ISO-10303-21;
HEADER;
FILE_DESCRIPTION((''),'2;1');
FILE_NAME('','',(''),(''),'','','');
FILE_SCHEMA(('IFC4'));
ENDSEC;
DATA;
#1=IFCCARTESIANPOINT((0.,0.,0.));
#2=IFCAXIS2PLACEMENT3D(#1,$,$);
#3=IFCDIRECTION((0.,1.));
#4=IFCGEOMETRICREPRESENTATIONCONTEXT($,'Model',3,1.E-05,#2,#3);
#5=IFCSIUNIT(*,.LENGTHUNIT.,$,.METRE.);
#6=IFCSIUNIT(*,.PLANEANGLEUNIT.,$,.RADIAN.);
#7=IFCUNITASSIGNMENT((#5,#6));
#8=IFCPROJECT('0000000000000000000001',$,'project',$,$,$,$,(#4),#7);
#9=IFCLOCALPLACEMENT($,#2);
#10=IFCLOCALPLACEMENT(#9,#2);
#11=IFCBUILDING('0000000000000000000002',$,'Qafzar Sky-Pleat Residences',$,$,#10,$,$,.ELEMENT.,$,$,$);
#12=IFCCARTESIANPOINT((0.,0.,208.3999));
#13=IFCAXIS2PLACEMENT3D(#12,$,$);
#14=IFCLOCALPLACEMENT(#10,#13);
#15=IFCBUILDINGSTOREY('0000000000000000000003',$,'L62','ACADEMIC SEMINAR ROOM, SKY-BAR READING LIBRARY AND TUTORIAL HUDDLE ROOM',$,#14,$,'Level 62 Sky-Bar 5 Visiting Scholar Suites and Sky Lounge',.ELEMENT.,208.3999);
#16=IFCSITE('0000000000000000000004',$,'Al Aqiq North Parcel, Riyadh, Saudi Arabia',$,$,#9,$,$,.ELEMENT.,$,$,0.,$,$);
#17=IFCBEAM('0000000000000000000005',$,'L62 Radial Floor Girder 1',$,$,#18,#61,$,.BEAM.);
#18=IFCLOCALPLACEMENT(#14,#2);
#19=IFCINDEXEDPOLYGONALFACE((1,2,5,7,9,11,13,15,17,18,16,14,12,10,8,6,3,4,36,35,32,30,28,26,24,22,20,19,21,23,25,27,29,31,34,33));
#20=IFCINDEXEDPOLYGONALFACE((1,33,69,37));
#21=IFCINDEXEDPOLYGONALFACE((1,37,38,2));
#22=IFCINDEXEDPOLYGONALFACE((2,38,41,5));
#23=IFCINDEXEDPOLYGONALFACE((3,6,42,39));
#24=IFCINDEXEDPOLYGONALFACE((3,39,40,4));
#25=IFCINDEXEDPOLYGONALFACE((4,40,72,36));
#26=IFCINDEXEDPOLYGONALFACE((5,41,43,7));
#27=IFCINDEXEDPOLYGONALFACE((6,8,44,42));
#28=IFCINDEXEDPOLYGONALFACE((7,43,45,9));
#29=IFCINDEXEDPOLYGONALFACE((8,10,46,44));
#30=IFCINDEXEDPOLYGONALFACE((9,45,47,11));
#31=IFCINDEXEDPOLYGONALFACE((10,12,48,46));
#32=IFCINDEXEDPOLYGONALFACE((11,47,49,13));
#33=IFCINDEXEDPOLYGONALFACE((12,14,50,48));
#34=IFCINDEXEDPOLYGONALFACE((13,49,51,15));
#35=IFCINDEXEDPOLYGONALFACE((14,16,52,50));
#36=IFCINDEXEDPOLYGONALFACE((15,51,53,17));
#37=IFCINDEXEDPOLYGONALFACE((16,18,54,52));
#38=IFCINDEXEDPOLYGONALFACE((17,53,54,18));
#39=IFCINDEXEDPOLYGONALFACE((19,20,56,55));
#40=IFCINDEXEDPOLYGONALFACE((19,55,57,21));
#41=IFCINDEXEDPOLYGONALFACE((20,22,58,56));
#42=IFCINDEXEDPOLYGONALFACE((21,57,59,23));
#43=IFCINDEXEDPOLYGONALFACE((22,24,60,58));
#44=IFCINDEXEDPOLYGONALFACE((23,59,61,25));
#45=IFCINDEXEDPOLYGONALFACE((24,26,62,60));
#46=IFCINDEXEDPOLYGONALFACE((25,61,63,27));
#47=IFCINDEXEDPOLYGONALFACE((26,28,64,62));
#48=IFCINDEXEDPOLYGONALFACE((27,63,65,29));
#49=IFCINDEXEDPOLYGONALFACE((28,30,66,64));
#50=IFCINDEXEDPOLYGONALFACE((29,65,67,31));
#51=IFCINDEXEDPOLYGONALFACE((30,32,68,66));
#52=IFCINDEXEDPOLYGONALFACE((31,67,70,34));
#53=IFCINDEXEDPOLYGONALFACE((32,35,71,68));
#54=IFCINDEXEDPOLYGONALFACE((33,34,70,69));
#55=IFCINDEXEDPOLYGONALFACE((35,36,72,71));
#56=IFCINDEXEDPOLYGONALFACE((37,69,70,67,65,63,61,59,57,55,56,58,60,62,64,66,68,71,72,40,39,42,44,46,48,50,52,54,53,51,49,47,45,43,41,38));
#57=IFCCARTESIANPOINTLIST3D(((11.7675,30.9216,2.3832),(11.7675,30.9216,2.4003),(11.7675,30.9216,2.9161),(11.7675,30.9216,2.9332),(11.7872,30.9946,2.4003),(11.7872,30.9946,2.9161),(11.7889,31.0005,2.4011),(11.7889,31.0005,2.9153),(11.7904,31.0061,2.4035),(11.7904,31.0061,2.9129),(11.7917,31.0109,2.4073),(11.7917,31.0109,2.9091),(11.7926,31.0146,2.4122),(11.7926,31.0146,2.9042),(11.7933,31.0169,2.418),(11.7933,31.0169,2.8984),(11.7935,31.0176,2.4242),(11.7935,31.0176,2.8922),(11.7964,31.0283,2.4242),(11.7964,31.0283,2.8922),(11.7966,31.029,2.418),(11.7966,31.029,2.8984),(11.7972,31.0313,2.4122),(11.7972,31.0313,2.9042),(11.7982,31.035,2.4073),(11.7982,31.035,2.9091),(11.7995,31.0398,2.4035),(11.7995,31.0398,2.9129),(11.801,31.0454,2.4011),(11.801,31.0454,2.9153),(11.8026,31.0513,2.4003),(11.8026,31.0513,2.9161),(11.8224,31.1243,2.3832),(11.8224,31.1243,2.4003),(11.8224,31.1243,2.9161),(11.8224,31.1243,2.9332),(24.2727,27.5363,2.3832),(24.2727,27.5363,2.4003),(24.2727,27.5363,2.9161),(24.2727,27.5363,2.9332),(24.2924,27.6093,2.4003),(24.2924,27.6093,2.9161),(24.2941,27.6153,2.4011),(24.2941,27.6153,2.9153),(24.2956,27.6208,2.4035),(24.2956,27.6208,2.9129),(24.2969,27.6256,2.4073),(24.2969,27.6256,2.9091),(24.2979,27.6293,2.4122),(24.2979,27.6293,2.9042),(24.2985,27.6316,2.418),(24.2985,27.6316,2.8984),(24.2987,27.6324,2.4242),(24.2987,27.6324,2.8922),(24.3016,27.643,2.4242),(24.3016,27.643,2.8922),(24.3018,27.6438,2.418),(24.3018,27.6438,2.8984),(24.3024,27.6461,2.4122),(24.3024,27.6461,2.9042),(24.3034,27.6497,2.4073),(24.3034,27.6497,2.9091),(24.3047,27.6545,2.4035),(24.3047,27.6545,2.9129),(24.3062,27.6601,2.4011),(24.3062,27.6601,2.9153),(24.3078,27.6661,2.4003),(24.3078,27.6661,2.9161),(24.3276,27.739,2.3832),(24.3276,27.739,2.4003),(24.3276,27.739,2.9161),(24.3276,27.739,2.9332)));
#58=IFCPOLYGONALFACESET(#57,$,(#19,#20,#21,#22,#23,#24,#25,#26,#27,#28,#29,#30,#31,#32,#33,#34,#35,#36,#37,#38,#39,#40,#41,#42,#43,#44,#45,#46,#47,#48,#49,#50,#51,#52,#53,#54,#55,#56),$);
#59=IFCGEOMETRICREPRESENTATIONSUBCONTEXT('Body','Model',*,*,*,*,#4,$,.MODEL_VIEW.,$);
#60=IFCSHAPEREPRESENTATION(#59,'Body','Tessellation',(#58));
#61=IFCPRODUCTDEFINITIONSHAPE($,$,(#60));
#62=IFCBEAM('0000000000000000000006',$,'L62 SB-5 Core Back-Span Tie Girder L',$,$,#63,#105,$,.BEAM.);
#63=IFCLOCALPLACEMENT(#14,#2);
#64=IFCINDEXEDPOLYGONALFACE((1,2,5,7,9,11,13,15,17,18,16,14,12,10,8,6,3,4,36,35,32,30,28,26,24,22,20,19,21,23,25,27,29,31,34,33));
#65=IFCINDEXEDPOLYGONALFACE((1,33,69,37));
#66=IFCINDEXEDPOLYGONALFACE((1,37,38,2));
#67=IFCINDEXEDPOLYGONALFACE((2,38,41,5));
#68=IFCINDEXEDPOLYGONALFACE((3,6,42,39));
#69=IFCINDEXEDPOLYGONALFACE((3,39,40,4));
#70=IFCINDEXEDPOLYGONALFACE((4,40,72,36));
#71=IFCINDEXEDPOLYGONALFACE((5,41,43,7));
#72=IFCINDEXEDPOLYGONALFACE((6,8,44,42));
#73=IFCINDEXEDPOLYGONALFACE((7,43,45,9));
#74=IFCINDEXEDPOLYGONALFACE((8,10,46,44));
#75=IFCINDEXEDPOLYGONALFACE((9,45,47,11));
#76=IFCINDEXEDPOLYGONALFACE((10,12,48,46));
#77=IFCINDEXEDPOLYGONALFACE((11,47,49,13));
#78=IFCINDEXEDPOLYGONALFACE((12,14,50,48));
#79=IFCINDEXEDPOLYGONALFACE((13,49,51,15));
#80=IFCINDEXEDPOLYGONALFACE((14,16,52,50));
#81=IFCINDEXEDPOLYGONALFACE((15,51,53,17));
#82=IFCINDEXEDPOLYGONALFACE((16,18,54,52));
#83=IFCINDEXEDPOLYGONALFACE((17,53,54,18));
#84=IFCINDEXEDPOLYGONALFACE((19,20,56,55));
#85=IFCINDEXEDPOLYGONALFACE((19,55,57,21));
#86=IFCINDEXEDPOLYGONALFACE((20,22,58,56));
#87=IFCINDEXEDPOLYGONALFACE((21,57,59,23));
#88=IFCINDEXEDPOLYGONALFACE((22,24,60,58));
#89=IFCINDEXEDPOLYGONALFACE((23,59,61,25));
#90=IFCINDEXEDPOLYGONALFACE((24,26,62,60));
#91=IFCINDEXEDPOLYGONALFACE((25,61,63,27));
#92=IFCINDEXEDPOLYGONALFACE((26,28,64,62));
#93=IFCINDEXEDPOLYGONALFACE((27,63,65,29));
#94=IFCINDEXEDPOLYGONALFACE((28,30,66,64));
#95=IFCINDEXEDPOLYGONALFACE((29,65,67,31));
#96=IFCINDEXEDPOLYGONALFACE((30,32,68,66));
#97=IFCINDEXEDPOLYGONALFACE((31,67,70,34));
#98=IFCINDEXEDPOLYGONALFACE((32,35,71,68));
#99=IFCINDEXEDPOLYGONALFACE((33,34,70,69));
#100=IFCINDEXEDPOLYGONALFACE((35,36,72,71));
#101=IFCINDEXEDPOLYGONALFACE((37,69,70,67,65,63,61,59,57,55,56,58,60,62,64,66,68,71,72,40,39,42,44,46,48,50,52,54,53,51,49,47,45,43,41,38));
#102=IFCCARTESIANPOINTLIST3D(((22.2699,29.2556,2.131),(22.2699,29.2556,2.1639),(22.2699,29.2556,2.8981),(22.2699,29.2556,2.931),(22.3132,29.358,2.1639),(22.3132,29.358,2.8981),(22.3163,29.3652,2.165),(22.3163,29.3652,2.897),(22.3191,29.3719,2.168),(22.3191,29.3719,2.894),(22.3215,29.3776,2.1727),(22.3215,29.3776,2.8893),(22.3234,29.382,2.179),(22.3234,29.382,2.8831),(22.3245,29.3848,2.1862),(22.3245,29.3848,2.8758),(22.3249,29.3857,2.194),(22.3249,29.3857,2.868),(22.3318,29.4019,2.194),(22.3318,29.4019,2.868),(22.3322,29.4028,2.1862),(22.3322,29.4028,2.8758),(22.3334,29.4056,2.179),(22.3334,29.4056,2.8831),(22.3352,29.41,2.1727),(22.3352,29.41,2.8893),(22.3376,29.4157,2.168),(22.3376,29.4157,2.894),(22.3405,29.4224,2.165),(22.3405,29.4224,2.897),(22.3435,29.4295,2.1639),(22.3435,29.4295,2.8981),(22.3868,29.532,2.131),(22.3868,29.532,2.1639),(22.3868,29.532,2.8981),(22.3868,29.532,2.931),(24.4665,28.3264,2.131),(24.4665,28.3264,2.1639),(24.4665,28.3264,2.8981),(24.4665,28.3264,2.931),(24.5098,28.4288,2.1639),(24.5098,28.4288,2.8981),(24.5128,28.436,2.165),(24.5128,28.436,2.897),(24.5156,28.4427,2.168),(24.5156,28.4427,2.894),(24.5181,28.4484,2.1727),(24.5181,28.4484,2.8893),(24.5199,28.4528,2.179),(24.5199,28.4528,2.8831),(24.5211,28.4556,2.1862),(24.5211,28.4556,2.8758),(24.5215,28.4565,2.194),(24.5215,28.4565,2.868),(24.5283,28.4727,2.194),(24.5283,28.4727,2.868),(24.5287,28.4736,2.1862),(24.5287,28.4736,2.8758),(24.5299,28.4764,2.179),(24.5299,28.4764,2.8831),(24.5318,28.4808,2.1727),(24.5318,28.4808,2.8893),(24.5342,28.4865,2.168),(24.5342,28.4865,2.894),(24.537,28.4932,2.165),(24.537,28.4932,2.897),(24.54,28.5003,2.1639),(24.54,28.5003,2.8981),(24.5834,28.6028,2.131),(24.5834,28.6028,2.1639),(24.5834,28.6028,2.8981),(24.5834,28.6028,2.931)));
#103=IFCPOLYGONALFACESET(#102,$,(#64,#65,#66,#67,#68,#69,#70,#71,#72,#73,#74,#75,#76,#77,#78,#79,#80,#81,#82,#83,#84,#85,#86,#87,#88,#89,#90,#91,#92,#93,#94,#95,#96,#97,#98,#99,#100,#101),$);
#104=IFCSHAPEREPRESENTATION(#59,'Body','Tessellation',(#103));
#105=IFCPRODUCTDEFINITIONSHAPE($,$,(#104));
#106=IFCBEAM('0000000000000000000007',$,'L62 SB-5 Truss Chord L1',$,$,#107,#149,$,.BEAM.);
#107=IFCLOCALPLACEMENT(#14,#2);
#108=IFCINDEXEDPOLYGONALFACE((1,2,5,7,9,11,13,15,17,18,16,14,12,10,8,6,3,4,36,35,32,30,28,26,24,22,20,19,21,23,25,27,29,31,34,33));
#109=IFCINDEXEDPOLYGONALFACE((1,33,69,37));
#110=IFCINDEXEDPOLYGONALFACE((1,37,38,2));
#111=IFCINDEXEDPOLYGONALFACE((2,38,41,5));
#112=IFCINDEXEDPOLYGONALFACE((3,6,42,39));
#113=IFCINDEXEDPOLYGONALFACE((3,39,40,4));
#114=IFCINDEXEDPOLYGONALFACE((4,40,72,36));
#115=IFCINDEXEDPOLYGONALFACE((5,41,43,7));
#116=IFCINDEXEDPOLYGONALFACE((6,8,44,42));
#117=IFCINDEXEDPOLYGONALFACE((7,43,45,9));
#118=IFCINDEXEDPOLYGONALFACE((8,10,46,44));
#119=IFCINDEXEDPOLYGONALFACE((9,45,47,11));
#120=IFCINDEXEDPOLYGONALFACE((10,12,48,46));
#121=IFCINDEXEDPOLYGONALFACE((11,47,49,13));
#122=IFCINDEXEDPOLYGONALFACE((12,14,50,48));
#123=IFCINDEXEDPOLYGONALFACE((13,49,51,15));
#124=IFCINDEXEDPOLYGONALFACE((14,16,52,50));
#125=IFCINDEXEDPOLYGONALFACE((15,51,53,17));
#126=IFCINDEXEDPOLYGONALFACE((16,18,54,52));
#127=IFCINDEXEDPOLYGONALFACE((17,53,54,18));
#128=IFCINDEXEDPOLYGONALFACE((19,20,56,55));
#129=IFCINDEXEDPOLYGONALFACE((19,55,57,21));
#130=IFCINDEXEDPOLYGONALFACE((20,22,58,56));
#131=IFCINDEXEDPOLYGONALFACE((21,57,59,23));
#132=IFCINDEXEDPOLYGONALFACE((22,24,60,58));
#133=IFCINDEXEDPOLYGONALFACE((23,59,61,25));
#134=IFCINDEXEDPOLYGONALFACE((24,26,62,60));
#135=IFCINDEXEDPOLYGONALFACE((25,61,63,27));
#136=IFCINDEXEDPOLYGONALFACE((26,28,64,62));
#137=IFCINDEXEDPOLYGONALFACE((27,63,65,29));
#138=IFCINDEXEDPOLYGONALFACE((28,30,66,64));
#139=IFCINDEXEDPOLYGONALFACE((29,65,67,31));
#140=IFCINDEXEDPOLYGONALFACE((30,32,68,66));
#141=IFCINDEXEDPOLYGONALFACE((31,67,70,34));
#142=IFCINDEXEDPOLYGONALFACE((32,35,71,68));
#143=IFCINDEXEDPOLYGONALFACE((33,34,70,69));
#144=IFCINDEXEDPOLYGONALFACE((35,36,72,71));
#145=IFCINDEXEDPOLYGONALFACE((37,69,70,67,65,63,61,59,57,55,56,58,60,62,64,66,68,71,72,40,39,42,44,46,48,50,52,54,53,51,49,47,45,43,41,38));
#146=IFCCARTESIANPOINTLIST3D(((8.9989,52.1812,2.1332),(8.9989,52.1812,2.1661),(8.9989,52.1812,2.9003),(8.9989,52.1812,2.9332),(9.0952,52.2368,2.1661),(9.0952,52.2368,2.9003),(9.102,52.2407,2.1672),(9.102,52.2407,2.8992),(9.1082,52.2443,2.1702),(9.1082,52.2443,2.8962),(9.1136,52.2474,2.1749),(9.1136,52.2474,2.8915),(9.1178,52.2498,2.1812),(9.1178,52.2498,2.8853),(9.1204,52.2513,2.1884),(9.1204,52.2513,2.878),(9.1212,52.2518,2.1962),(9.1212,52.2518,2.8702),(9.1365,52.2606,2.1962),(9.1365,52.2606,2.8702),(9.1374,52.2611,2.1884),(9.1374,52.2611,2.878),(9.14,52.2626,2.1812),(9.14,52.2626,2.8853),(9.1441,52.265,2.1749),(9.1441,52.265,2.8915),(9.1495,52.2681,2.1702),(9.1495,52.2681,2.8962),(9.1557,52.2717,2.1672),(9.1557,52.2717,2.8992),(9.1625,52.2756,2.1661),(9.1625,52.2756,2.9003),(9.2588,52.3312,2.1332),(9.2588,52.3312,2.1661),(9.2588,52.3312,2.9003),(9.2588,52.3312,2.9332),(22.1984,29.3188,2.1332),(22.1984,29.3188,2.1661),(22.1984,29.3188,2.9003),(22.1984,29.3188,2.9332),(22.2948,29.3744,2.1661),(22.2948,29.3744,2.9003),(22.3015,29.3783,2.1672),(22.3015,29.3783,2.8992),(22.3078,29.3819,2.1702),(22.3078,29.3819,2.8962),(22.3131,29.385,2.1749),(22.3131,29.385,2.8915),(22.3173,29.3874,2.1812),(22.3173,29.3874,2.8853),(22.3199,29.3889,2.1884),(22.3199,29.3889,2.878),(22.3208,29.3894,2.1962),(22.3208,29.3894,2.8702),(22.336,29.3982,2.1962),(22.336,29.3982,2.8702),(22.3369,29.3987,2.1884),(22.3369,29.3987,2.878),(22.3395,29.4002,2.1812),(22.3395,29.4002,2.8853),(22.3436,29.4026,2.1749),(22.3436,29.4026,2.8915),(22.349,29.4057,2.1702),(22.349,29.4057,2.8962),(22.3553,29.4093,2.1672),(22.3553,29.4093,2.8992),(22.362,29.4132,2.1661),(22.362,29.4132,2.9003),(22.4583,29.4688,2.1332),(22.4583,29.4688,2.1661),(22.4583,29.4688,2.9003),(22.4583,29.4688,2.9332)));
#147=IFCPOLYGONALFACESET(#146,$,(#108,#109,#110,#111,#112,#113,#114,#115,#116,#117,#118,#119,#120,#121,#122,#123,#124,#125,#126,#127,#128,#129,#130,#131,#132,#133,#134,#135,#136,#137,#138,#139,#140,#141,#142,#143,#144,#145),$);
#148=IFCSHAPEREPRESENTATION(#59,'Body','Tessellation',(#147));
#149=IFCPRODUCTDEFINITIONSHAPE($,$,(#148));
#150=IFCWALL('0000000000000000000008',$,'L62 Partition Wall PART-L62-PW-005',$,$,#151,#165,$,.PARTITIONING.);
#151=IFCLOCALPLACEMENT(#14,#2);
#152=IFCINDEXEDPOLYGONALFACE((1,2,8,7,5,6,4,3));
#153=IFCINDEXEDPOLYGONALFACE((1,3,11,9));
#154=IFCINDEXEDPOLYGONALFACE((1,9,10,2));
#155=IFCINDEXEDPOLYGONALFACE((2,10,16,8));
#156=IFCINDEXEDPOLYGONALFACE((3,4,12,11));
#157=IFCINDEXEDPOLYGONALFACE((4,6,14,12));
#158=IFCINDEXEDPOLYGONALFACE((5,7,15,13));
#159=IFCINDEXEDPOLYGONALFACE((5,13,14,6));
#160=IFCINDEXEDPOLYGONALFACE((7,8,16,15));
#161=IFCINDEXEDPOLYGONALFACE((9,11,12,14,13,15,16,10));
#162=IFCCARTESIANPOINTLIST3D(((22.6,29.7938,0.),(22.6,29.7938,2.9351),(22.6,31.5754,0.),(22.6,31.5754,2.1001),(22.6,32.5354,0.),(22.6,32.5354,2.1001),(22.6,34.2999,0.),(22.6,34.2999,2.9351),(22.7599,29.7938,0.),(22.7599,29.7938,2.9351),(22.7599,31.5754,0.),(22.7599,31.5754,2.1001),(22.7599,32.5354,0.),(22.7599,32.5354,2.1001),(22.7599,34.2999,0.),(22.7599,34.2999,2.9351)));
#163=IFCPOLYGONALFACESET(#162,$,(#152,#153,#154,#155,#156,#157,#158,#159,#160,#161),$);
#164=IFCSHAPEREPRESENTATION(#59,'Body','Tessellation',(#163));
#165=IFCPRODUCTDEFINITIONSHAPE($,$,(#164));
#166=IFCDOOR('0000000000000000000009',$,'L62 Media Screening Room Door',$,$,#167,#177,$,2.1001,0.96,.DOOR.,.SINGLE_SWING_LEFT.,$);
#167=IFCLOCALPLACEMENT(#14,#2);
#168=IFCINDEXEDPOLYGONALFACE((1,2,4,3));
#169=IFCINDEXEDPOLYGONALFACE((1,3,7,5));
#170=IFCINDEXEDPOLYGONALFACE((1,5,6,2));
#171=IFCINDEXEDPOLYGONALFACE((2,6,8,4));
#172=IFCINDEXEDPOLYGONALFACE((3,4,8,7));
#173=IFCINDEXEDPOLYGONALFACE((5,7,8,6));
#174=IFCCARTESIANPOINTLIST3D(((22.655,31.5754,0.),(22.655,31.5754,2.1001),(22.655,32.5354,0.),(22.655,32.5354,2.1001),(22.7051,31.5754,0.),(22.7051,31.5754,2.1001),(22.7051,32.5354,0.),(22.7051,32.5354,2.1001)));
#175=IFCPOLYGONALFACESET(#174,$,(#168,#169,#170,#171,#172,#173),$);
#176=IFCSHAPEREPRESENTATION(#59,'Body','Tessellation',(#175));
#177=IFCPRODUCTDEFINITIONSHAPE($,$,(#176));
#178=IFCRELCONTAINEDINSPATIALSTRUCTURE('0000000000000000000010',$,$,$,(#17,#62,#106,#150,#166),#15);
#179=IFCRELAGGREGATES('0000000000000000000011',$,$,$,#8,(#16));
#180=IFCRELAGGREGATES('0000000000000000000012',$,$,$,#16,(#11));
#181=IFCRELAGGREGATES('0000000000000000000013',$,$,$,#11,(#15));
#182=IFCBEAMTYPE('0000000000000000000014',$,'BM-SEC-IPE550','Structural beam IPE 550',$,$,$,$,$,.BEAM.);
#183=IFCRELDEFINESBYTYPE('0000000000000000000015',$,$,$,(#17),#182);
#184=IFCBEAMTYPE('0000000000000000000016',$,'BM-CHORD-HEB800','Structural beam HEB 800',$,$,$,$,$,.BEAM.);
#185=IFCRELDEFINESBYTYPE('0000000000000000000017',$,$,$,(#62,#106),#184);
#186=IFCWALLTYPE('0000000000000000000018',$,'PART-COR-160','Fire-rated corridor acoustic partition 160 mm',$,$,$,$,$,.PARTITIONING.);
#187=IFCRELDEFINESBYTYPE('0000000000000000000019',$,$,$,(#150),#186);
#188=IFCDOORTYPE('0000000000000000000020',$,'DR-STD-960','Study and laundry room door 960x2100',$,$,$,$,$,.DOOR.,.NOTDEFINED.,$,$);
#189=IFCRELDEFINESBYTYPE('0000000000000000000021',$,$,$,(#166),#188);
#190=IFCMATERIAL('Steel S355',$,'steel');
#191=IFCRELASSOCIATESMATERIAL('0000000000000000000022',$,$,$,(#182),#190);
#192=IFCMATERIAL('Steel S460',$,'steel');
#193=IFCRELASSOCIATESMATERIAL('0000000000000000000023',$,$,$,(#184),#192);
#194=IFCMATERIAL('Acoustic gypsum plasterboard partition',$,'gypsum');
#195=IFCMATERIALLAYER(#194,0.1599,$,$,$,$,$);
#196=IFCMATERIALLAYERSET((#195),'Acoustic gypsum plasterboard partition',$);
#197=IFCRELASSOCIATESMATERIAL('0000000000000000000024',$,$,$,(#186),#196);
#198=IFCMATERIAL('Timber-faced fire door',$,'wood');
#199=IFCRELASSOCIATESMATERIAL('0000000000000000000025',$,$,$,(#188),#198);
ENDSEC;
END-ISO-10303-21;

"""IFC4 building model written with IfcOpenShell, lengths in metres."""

from ifc_helpers import new_model, si_unit, direction, frame, frame_2d, origin, origin_2d, place, context, subcontext, project, spatial, rectangle, i_section, extrude, source, transform, mapped, material, layer, layer_set, material_profile, profile_set, type_object, element, fill, save


model = new_model("IFC4")

# Units and contexts
model_context = context("Model", 3, precision=1e-05, world=origin(), true_north=direction((0.0, 1.0)))
body_context = subcontext(model_context, "Body", "Model", "MODEL_VIEW")
ifc_project = project(units=[si_unit("LENGTHUNIT", "METRE"), si_unit("PLANEANGLEUNIT", "RADIAN")], contexts=[model_context])

# Site, building, storey
site_placement = place(None, origin())
site = spatial("IfcSite", under=ifc_project, at=site_placement, Name="Al Aqiq North Parcel, Riyadh, Saudi Arabia", CompositionType="ELEMENT", RefElevation=0.0)
building_placement = place(site_placement, origin())
building = spatial("IfcBuilding", under=site, at=building_placement, Name="Qafzar Sky-Pleat Residences", CompositionType="ELEMENT")
storey_placement = place(building_placement, frame((0.0, 0.0, 208.3999)))
storey = spatial("IfcBuildingStorey", under=building, at=storey_placement, Name="L62", Description="ACADEMIC SEMINAR ROOM, SKY-BAR READING LIBRARY AND TUTORIAL HUDDLE ROOM", LongName="Level 62 Sky-Bar 5 Visiting Scholar Suites and Sky Lounge", CompositionType="ELEMENT", Elevation=208.3999)

# Shared definitions
ifc_material_1 = material(Name="Steel S355", Category="steel")

# Beams
ifc_material_profile_1 = material_profile(ifc_material_1, i_section(OverallWidth=0.21, OverallDepth=0.55, WebThickness=0.011, FlangeThickness=0.0171, FilletRadius=0.0239, at=origin_2d()), Name="IPE 550")
ifc_profile_set_1 = profile_set([ifc_material_profile_1], Name="Steel S355")
beam_type_1 = type_object("IfcBeamType", Name="BM-SEC-IPE550", Description="Structural beam IPE 550", PredefinedType="BEAM", material=ifc_profile_set_1)
shared_shape_1 = source(origin(), body_context, "Body", "SweptSolid", [
    extrude(i_section(OverallWidth=0.21, OverallDepth=0.55, WebThickness=0.011, FlangeThickness=0.0171, FilletRadius=0.0239, at=origin_2d()), origin(), (0.0, 0.0, 1.0), 12.9553),
])
beam_1_placement = place(storey_placement, frame((11.7949, 31.0229, 2.6582), z_axis=(0.965257, -0.261304, 0.0), x_axis=(0.261304, 0.965257, 0.0)))
element("IfcBeam", 1, at=beam_1_placement, inside=storey, type_object=beam_type_1, Name="L62 Radial Floor Girder 1", PredefinedType="BEAM", context=body_context, shape_type="MappedRepresentation", body=[
    mapped(shared_shape_1, transform((0.0, 0.0, 0.0), x_axis=(1.0, 0.0, 0.0), y_axis=(0.0, 1.0, 0.0), z_axis=(0.0, 0.0, 1.0), scale=1.0)),
])
ifc_material_2 = material(Name="Steel S460", Category="steel")
ifc_material_profile_2 = material_profile(ifc_material_2, i_section(OverallWidth=0.3, OverallDepth=0.8, WebThickness=0.0176, FlangeThickness=0.033, FilletRadius=0.03, at=origin_2d()), Name="HEB 800")
ifc_profile_set_2 = profile_set([ifc_material_profile_2], Name="Steel S460")
beam_type_2 = type_object("IfcBeamType", Name="BM-CHORD-HEB800", Description="Structural beam HEB 800", PredefinedType="BEAM", material=ifc_profile_set_2)
shared_shape_2 = source(origin(), body_context, "Body", "SweptSolid", [
    extrude(i_section(OverallWidth=0.3, OverallDepth=0.8, WebThickness=0.0176, FlangeThickness=0.033, FilletRadius=0.03, at=origin_2d()), origin(), (0.0, 0.0, 1.0), 2.385),
])
beam_2_placement = place(storey_placement, frame((22.3284, 29.3938, 2.531), z_axis=(0.920983, -0.389603, 0.0), x_axis=(0.389603, 0.920983, 0.0)))
element("IfcBeam", 2, at=beam_2_placement, inside=storey, type_object=beam_type_2, Name="L62 SB-5 Core Back-Span Tie Girder L", PredefinedType="BEAM", context=body_context, shape_type="MappedRepresentation", body=[
    mapped(shared_shape_2, transform((0.0, 0.0, 0.0), x_axis=(1.0, 0.0, 0.0), y_axis=(0.0, 1.0, 0.0), z_axis=(0.0, 0.0, 1.0), scale=1.0)),
])
shared_shape_3 = source(origin(), body_context, "Body", "SweptSolid", [
    extrude(i_section(OverallWidth=0.3, OverallDepth=0.8, WebThickness=0.0176, FlangeThickness=0.033, FilletRadius=0.03, at=origin_2d()), origin(), (0.0, 0.0, 1.0), 26.3992),
])
beam_3_placement = place(storey_placement, frame((22.3284, 29.3938, 2.5332), z_axis=(-0.499997, 0.866027, 0.0), x_axis=(-0.866027, -0.499997, 0.0)))
element("IfcBeam", 3, at=beam_3_placement, inside=storey, type_object=beam_type_2, Name="L62 SB-5 Truss Chord L1", PredefinedType="BEAM", context=body_context, shape_type="MappedRepresentation", body=[
    mapped(shared_shape_3, transform((0.0, 0.0, 0.0), x_axis=(1.0, 0.0, 0.0), y_axis=(0.0, 1.0, 0.0), z_axis=(0.0, 0.0, 1.0), scale=1.0)),
])

# Wall, opening, door
ifc_material_3 = material(Name="Acoustic gypsum plasterboard partition", Category="gypsum")
ifc_layer_1 = layer(ifc_material_3, 0.1599)
ifc_layer_set_1 = layer_set([ifc_layer_1], Name="Acoustic gypsum plasterboard partition")
wall_type_1 = type_object("IfcWallType", Name="PART-COR-160", Description="Fire-rated corridor acoustic partition 160 mm", PredefinedType="PARTITIONING", material=ifc_layer_set_1)
wall_1_placement = place(storey_placement, frame((22.6799, 29.7939, 0.0), z_axis=(0.0, 0.0, 1.0), x_axis=(0.0, 1.0, 0.0)))
wall_1 = element("IfcWall", 4, at=wall_1_placement, inside=storey, type_object=wall_type_1, Name="L62 Partition Wall PART-L62-PW-005", PredefinedType="PARTITIONING", context=body_context, shape_type="SweptSolid", body=[
    extrude(rectangle(XDim=4.5061, YDim=0.1599, at=frame_2d((2.2529, 0.0))), origin(), (0.0, 0.0, 1.0), 2.9351),
])
opening_1_placement = place(wall_1_placement, frame((1.7815, 0.0, 0.0)))
opening_1 = element("IfcOpeningElement", 5, at=opening_1_placement, cuts=wall_1, PredefinedType="OPENING", context=body_context, shape_type="SweptSolid", body=[
    extrude(rectangle(XDim=0.96, YDim=2.1001, at=frame_2d((0.48, 1.05))), frame((0.0, 0.0898, 0.0), z_axis=(0.0, -1.0, 0.0), x_axis=(1.0, 0.0, 0.0)), (0.0, 0.0, 1.0), 0.1799),
])
ifc_material_4 = material(Name="Timber-faced fire door", Category="wood")
door_type = type_object("IfcDoorType", Name="DR-STD-960", Description="Study and laundry room door 960x2100", OperationType="NOTDEFINED", PredefinedType="DOOR", material=ifc_material_4)
shared_shape_4 = source(origin(), body_context, "Body", "SweptSolid", [
    extrude(rectangle(XDim=0.96, YDim=2.1001, at=frame_2d((0.48, 1.05))), frame((0.0, 0.0249, 0.0), z_axis=(0.0, -1.0, 0.0), x_axis=(1.0, 0.0, 0.0)), (0.0, 0.0, 1.0), 0.05),
])
door_placement = place(opening_1_placement, origin())
door = element("IfcDoor", 6, at=door_placement, inside=storey, type_object=door_type, Name="L62 Media Screening Room Door", OperationType="SINGLE_SWING_LEFT", OverallHeight=2.1001, OverallWidth=0.96, PredefinedType="DOOR", context=body_context, shape_type="MappedRepresentation", body=[
    mapped(shared_shape_4, transform((0.0, 0.0, 0.0), x_axis=(1.0, 0.0, 0.0), y_axis=(0.0, 1.0, 0.0), z_axis=(0.0, 0.0, 1.0), scale=1.0)),
])
fill(opening_1, door)

save(model, "model.ifc")
